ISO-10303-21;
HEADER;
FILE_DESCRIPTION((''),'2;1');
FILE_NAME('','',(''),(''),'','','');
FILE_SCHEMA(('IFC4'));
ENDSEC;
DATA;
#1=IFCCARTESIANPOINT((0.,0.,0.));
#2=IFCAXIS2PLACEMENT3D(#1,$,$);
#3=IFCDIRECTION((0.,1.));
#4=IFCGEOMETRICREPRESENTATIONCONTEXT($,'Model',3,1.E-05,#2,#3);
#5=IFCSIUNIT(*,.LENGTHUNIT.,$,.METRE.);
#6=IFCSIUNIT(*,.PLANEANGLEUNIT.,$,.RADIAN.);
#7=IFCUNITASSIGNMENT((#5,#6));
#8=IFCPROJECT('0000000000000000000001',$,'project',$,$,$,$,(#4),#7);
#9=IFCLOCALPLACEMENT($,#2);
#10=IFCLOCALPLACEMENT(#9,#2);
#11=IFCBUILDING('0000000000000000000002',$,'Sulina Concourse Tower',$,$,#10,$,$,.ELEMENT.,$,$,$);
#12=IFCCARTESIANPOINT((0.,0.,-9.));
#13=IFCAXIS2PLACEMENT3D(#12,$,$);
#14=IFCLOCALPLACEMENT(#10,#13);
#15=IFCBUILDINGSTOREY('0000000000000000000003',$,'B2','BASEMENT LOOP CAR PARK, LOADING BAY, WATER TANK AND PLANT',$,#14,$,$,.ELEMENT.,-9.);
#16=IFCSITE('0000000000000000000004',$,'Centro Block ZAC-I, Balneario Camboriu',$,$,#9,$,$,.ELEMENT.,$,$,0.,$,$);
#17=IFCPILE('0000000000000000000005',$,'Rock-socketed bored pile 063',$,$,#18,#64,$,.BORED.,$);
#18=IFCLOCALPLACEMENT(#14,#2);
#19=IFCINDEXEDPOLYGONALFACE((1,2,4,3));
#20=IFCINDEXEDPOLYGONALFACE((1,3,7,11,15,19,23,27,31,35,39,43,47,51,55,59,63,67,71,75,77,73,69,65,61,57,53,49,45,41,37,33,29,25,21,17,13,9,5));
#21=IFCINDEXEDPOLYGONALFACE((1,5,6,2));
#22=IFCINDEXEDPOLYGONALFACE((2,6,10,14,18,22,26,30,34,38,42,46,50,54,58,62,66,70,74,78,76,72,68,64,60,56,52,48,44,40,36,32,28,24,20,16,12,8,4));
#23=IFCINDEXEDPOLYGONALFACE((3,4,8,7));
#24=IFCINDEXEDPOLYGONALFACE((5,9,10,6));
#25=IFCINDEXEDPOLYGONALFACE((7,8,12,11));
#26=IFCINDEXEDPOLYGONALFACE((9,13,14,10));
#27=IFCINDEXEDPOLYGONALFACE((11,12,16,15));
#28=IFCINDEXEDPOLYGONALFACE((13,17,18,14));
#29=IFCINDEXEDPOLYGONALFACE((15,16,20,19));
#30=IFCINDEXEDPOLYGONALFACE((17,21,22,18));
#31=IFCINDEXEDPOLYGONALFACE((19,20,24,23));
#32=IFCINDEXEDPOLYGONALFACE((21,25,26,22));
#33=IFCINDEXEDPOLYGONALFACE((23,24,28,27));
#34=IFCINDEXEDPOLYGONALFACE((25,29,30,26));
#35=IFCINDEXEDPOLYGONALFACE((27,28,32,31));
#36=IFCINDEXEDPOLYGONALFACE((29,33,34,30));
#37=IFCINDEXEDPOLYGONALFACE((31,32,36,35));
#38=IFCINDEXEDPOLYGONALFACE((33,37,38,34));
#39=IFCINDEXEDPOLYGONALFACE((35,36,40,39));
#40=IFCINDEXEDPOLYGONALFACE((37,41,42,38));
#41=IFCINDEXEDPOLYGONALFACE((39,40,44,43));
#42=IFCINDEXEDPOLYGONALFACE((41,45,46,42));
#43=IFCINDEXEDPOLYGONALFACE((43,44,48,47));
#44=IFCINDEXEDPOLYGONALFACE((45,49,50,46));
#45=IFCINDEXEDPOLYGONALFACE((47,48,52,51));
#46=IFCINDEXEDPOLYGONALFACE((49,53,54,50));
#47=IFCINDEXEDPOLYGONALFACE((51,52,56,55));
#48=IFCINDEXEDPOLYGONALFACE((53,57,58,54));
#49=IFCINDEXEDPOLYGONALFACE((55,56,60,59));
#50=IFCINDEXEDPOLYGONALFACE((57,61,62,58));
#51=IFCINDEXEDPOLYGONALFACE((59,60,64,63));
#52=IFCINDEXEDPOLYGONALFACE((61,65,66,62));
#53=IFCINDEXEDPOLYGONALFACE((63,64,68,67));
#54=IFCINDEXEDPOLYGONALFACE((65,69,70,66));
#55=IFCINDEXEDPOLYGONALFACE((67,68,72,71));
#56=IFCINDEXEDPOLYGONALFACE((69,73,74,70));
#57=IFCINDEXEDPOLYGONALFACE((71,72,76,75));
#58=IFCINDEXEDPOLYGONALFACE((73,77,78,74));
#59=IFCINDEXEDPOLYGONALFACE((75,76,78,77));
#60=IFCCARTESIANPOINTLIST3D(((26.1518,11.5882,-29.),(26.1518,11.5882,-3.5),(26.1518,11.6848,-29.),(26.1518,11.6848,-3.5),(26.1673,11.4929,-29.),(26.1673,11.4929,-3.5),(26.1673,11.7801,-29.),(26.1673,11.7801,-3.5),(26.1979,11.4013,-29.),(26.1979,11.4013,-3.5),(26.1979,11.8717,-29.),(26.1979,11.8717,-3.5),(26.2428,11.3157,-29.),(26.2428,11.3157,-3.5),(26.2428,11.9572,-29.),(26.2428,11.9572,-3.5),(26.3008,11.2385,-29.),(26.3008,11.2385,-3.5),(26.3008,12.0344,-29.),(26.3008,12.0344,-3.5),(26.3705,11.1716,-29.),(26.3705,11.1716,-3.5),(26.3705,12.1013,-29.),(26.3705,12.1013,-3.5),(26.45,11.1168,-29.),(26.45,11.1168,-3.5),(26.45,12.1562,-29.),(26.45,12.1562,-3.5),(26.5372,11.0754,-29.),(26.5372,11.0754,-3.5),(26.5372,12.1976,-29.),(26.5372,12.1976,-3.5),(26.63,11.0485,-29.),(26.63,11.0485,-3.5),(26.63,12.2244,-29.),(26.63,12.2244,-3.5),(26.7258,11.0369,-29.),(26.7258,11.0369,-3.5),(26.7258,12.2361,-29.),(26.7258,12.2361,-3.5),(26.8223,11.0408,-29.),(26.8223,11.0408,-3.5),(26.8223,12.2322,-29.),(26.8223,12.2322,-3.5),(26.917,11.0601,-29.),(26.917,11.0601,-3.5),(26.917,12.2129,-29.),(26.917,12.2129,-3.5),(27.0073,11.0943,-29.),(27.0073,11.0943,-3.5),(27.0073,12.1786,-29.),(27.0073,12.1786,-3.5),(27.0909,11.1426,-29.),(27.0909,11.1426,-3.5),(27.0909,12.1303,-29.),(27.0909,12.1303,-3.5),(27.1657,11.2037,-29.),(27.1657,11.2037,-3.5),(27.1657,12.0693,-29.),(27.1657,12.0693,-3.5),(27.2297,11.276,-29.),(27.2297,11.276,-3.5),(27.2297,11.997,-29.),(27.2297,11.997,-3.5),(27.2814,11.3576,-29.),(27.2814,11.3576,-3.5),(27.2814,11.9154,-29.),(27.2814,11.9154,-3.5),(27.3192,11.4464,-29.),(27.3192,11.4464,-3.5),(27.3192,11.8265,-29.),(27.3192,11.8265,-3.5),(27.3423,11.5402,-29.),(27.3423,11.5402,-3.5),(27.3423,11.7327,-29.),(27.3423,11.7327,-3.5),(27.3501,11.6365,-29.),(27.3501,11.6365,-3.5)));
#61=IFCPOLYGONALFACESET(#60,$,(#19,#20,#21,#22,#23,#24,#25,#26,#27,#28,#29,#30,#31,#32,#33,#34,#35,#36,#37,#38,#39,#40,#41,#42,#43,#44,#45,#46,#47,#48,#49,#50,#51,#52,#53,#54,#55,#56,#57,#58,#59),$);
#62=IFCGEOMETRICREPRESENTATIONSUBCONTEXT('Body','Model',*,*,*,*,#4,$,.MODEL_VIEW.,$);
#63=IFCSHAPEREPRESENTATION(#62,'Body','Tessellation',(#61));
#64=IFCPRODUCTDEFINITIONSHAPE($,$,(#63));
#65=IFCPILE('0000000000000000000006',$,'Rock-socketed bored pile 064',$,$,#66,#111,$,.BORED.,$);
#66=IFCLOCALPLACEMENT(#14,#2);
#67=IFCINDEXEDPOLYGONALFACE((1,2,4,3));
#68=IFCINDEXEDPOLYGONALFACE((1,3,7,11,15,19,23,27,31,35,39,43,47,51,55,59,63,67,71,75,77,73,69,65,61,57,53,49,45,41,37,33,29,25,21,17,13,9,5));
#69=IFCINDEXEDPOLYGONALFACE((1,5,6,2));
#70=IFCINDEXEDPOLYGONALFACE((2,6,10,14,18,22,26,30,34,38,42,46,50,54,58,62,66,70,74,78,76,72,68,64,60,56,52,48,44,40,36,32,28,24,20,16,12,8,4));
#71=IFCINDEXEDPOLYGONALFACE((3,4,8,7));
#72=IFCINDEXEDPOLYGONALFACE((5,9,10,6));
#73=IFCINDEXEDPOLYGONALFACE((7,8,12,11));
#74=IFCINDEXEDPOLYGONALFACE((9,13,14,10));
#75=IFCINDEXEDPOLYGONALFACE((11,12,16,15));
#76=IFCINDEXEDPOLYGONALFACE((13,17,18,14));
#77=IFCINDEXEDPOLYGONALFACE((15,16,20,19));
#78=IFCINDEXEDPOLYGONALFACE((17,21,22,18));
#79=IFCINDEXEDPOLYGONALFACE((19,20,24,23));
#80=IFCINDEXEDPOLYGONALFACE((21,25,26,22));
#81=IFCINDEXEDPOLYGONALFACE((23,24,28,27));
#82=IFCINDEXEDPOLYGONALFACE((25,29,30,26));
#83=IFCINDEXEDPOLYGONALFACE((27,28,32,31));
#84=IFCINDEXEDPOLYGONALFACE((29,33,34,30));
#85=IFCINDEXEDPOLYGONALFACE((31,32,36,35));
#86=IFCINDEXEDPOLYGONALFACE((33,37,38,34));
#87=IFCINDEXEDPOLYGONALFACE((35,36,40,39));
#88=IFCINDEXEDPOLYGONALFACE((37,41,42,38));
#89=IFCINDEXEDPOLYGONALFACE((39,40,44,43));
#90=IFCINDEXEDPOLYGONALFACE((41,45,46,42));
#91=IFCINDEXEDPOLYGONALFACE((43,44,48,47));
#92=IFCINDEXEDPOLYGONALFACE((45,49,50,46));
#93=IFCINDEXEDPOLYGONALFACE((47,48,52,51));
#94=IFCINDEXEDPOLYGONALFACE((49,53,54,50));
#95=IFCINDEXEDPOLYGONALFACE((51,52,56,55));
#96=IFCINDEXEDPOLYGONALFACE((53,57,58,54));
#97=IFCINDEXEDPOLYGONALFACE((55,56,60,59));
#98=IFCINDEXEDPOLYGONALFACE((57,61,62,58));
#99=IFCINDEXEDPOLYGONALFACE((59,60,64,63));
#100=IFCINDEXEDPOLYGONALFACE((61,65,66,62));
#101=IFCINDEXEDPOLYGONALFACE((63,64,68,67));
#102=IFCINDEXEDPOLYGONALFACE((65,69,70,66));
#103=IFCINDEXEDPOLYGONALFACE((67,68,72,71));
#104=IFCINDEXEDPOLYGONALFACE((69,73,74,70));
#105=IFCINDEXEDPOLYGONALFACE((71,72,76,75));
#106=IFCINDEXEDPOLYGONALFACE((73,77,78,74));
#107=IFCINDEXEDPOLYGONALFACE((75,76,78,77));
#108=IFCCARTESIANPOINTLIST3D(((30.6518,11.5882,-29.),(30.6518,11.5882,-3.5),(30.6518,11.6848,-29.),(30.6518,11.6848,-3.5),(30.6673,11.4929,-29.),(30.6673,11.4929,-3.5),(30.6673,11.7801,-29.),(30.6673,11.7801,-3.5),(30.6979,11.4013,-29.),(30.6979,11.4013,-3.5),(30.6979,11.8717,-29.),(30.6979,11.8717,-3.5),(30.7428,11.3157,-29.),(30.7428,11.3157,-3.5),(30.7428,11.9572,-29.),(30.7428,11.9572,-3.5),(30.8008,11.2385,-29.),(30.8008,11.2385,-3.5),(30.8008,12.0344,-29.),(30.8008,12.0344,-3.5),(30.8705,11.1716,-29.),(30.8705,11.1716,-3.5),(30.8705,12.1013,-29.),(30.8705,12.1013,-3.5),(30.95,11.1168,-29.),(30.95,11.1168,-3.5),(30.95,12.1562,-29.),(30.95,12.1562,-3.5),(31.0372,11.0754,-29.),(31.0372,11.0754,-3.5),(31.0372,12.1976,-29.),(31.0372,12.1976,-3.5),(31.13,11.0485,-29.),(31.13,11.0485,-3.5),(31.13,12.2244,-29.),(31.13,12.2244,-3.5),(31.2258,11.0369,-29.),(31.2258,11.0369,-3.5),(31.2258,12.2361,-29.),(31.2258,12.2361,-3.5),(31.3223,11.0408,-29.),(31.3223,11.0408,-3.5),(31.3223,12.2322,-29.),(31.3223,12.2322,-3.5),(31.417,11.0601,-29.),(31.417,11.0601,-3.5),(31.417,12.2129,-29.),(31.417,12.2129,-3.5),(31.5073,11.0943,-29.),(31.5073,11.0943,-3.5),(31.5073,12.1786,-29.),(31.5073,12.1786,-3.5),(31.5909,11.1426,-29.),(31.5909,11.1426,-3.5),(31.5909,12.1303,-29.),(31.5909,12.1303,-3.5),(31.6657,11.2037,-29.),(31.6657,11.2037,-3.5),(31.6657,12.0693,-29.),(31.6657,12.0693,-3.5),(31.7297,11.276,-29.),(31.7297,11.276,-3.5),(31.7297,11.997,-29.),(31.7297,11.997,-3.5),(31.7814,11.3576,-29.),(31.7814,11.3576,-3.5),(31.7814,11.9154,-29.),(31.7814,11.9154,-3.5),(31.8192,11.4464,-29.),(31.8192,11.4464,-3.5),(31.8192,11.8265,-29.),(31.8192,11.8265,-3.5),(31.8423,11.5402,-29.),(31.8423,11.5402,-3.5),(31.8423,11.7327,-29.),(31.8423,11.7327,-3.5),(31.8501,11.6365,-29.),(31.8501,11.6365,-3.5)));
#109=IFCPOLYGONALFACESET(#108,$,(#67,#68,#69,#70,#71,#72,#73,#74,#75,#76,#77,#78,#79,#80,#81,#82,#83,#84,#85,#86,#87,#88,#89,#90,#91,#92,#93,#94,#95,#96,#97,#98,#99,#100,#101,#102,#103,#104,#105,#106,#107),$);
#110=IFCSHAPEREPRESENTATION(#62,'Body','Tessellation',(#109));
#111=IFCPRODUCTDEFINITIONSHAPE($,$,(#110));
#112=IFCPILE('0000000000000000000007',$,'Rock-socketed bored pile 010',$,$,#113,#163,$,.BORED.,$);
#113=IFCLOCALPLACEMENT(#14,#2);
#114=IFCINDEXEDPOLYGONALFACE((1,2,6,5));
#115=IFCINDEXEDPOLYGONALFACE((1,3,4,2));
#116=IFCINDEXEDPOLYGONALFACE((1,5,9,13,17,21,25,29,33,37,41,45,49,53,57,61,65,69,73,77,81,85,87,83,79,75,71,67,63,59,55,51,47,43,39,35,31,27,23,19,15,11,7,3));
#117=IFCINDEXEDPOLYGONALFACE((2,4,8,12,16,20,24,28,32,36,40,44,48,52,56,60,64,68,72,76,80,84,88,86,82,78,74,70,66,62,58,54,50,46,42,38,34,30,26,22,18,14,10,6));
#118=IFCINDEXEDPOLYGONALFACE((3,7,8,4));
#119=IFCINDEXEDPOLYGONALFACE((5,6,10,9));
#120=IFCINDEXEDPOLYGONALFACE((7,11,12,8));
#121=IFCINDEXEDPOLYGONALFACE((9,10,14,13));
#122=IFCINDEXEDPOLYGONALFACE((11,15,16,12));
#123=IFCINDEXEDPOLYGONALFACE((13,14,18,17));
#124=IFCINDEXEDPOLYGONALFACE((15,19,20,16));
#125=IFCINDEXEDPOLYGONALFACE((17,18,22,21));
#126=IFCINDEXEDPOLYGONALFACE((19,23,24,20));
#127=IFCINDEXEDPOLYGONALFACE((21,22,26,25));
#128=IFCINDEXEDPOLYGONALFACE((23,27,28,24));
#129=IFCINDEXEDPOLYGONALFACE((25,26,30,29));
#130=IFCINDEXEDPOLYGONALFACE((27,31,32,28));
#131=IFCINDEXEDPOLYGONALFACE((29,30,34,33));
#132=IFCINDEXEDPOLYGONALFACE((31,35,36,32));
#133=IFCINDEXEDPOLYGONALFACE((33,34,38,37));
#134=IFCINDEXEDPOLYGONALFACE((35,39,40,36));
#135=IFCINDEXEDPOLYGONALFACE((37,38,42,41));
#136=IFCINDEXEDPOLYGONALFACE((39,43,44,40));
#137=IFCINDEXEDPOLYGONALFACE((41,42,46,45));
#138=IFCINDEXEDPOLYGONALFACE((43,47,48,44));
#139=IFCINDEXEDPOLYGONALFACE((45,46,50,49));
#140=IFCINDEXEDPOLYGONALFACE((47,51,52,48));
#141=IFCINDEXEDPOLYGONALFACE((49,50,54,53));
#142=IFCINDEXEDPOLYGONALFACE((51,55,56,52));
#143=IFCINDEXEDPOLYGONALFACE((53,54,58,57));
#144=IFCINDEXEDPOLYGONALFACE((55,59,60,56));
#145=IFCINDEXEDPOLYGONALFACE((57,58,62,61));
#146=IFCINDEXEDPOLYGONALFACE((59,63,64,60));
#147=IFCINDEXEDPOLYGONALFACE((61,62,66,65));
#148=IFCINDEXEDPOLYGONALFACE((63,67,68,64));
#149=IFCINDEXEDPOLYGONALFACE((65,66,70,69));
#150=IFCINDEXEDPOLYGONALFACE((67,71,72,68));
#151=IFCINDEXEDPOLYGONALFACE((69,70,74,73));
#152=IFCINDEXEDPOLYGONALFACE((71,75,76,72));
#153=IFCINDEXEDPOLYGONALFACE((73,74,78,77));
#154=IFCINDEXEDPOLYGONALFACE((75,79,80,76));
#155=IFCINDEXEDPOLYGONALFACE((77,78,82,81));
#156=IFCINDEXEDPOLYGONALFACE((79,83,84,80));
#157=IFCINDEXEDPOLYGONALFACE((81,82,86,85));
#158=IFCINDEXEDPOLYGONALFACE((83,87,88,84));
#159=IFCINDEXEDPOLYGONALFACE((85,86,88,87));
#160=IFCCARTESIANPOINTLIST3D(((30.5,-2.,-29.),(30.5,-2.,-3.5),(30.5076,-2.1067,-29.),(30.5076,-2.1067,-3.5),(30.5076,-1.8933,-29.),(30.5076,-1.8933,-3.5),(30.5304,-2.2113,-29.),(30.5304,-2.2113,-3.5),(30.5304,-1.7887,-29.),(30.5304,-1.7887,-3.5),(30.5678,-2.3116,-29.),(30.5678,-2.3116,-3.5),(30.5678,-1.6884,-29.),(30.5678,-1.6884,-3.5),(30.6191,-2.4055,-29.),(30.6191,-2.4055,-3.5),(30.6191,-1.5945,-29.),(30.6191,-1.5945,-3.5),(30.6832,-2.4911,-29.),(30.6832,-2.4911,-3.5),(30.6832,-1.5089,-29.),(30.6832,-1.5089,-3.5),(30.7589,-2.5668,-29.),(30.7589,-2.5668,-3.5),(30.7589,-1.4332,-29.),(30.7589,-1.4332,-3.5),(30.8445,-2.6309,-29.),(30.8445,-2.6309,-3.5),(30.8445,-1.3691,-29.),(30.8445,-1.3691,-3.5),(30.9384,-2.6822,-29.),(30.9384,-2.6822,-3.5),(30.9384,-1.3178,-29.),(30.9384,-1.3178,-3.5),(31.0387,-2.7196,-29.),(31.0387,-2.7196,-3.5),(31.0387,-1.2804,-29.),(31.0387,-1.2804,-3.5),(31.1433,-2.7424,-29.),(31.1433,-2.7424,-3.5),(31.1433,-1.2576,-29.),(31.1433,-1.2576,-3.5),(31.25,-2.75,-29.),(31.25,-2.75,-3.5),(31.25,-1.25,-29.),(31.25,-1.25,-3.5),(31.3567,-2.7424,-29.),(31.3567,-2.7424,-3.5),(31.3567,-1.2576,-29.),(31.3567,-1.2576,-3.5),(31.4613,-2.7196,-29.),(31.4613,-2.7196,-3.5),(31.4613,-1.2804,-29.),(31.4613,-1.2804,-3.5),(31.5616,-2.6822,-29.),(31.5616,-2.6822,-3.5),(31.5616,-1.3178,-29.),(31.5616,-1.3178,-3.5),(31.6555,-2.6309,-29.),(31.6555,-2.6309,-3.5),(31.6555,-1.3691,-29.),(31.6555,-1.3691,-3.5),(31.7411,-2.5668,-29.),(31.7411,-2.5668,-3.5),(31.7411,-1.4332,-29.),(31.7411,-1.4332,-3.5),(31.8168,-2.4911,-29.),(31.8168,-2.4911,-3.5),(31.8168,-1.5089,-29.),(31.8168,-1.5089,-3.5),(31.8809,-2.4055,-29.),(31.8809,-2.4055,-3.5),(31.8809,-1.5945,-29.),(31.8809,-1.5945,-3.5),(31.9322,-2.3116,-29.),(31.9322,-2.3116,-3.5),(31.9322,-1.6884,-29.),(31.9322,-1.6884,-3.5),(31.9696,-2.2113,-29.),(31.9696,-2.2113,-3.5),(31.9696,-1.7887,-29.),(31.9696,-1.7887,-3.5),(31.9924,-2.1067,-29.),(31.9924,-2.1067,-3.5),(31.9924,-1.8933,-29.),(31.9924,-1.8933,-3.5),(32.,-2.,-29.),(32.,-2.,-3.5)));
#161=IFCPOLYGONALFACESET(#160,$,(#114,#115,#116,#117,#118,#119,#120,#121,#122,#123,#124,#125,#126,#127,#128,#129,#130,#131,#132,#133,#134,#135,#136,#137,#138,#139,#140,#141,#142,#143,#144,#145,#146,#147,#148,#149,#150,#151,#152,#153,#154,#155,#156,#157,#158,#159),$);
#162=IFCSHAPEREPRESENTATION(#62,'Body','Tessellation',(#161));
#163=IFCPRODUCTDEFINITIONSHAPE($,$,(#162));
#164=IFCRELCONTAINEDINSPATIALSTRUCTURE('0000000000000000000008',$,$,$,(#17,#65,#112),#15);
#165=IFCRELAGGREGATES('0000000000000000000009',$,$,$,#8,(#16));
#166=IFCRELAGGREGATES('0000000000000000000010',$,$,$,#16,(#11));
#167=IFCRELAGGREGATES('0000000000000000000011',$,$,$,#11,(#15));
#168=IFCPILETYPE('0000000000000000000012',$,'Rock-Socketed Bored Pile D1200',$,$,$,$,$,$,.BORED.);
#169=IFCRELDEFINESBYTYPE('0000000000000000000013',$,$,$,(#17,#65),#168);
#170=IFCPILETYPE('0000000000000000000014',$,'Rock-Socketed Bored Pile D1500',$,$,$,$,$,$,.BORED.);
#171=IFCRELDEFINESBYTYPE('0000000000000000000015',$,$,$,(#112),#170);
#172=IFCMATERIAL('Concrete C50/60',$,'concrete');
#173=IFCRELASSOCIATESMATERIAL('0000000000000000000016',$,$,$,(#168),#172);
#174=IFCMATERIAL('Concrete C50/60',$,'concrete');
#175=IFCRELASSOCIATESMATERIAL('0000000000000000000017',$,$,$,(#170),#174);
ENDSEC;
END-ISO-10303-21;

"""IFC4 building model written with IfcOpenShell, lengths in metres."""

from ifc_helpers import new_model, si_unit, direction, frame, origin, origin_2d, place, context, subcontext, project, spatial, circle, extrude, material, material_profile, profile_set, type_object, element, save


model = new_model("IFC4")

# Units and contexts
model_context = context("Model", 3, precision=1e-05, world=origin(), true_north=direction((0.0, 1.0)))
body_context = subcontext(model_context, "Body", "Model", "MODEL_VIEW")
ifc_project = project(units=[si_unit("LENGTHUNIT", "METRE"), si_unit("PLANEANGLEUNIT", "RADIAN")], contexts=[model_context])

# Site, building, storey
site_placement = place(None, origin())
site = spatial("IfcSite", under=ifc_project, at=site_placement, Name="Centro Block ZAC-I, Balneario Camboriu", CompositionType="ELEMENT", RefElevation=0.0)
building_placement = place(site_placement, origin())
building = spatial("IfcBuilding", under=site, at=building_placement, Name="Sulina Concourse Tower", CompositionType="ELEMENT")
storey_placement = place(building_placement, frame((0.0, 0.0, -9.0)))
storey = spatial("IfcBuildingStorey", under=building, at=storey_placement, Name="B2", Description="BASEMENT LOOP CAR PARK, LOADING BAY, WATER TANK AND PLANT", CompositionType="ELEMENT", Elevation=-9.0)

# Piles
ifc_material_1 = material(Name="Concrete C50/60", Category="concrete")
ifc_material_profile_1 = material_profile(ifc_material_1, circle(Radius=0.6001, at=origin_2d()), Name="PILE D1200")
ifc_profile_set_1 = profile_set([ifc_material_profile_1], Name="Concrete C50/60")
pile_type_1 = type_object("IfcPileType", Name="Rock-Socketed Bored Pile D1200", PredefinedType="BORED", material=ifc_profile_set_1)
for number, where, z_axis, x_axis, name in (
    (1, (26.75, 11.6365, -3.5), (0.0, 0.0, -1.0), (1.0, 0.0, 0.0), "Rock-socketed bored pile 063"),
    (2, (31.25, 11.6365, -3.5), (0.0, 0.0, -1.0), (1.0, 0.0, 0.0), "Rock-socketed bored pile 064"),
):
    element("IfcPile", number, at=place(storey_placement, frame(where, z_axis=z_axis, x_axis=x_axis)), inside=storey, type_object=pile_type_1, Name=name, PredefinedType="BORED", context=body_context, shape_type="SweptSolid", body=[
        extrude(circle(Radius=0.6001, at=origin_2d()), origin(), (0.0, 0.0, 1.0), 25.5),
    ])
ifc_material_2 = material(Name="Concrete C50/60", Category="concrete")
ifc_material_profile_2 = material_profile(ifc_material_2, circle(Radius=0.75, at=origin_2d()), Name="PILE D1500")
ifc_profile_set_2 = profile_set([ifc_material_profile_2], Name="Concrete C50/60")
pile_type_2 = type_object("IfcPileType", Name="Rock-Socketed Bored Pile D1500", PredefinedType="BORED", material=ifc_profile_set_2)
for number, where, z_axis, x_axis, name in (
    (3, (31.25, -2.0, -3.5), (0.0, 0.0, -1.0), (1.0, 0.0, 0.0), "Rock-socketed bored pile 010"),
):
    element("IfcPile", number, at=place(storey_placement, frame(where, z_axis=z_axis, x_axis=x_axis)), inside=storey, type_object=pile_type_2, Name=name, PredefinedType="BORED", context=body_context, shape_type="SweptSolid", body=[
        extrude(circle(Radius=0.75, at=origin_2d()), origin(), (0.0, 0.0, 1.0), 25.5),
    ])

save(model, "model.ifc")
